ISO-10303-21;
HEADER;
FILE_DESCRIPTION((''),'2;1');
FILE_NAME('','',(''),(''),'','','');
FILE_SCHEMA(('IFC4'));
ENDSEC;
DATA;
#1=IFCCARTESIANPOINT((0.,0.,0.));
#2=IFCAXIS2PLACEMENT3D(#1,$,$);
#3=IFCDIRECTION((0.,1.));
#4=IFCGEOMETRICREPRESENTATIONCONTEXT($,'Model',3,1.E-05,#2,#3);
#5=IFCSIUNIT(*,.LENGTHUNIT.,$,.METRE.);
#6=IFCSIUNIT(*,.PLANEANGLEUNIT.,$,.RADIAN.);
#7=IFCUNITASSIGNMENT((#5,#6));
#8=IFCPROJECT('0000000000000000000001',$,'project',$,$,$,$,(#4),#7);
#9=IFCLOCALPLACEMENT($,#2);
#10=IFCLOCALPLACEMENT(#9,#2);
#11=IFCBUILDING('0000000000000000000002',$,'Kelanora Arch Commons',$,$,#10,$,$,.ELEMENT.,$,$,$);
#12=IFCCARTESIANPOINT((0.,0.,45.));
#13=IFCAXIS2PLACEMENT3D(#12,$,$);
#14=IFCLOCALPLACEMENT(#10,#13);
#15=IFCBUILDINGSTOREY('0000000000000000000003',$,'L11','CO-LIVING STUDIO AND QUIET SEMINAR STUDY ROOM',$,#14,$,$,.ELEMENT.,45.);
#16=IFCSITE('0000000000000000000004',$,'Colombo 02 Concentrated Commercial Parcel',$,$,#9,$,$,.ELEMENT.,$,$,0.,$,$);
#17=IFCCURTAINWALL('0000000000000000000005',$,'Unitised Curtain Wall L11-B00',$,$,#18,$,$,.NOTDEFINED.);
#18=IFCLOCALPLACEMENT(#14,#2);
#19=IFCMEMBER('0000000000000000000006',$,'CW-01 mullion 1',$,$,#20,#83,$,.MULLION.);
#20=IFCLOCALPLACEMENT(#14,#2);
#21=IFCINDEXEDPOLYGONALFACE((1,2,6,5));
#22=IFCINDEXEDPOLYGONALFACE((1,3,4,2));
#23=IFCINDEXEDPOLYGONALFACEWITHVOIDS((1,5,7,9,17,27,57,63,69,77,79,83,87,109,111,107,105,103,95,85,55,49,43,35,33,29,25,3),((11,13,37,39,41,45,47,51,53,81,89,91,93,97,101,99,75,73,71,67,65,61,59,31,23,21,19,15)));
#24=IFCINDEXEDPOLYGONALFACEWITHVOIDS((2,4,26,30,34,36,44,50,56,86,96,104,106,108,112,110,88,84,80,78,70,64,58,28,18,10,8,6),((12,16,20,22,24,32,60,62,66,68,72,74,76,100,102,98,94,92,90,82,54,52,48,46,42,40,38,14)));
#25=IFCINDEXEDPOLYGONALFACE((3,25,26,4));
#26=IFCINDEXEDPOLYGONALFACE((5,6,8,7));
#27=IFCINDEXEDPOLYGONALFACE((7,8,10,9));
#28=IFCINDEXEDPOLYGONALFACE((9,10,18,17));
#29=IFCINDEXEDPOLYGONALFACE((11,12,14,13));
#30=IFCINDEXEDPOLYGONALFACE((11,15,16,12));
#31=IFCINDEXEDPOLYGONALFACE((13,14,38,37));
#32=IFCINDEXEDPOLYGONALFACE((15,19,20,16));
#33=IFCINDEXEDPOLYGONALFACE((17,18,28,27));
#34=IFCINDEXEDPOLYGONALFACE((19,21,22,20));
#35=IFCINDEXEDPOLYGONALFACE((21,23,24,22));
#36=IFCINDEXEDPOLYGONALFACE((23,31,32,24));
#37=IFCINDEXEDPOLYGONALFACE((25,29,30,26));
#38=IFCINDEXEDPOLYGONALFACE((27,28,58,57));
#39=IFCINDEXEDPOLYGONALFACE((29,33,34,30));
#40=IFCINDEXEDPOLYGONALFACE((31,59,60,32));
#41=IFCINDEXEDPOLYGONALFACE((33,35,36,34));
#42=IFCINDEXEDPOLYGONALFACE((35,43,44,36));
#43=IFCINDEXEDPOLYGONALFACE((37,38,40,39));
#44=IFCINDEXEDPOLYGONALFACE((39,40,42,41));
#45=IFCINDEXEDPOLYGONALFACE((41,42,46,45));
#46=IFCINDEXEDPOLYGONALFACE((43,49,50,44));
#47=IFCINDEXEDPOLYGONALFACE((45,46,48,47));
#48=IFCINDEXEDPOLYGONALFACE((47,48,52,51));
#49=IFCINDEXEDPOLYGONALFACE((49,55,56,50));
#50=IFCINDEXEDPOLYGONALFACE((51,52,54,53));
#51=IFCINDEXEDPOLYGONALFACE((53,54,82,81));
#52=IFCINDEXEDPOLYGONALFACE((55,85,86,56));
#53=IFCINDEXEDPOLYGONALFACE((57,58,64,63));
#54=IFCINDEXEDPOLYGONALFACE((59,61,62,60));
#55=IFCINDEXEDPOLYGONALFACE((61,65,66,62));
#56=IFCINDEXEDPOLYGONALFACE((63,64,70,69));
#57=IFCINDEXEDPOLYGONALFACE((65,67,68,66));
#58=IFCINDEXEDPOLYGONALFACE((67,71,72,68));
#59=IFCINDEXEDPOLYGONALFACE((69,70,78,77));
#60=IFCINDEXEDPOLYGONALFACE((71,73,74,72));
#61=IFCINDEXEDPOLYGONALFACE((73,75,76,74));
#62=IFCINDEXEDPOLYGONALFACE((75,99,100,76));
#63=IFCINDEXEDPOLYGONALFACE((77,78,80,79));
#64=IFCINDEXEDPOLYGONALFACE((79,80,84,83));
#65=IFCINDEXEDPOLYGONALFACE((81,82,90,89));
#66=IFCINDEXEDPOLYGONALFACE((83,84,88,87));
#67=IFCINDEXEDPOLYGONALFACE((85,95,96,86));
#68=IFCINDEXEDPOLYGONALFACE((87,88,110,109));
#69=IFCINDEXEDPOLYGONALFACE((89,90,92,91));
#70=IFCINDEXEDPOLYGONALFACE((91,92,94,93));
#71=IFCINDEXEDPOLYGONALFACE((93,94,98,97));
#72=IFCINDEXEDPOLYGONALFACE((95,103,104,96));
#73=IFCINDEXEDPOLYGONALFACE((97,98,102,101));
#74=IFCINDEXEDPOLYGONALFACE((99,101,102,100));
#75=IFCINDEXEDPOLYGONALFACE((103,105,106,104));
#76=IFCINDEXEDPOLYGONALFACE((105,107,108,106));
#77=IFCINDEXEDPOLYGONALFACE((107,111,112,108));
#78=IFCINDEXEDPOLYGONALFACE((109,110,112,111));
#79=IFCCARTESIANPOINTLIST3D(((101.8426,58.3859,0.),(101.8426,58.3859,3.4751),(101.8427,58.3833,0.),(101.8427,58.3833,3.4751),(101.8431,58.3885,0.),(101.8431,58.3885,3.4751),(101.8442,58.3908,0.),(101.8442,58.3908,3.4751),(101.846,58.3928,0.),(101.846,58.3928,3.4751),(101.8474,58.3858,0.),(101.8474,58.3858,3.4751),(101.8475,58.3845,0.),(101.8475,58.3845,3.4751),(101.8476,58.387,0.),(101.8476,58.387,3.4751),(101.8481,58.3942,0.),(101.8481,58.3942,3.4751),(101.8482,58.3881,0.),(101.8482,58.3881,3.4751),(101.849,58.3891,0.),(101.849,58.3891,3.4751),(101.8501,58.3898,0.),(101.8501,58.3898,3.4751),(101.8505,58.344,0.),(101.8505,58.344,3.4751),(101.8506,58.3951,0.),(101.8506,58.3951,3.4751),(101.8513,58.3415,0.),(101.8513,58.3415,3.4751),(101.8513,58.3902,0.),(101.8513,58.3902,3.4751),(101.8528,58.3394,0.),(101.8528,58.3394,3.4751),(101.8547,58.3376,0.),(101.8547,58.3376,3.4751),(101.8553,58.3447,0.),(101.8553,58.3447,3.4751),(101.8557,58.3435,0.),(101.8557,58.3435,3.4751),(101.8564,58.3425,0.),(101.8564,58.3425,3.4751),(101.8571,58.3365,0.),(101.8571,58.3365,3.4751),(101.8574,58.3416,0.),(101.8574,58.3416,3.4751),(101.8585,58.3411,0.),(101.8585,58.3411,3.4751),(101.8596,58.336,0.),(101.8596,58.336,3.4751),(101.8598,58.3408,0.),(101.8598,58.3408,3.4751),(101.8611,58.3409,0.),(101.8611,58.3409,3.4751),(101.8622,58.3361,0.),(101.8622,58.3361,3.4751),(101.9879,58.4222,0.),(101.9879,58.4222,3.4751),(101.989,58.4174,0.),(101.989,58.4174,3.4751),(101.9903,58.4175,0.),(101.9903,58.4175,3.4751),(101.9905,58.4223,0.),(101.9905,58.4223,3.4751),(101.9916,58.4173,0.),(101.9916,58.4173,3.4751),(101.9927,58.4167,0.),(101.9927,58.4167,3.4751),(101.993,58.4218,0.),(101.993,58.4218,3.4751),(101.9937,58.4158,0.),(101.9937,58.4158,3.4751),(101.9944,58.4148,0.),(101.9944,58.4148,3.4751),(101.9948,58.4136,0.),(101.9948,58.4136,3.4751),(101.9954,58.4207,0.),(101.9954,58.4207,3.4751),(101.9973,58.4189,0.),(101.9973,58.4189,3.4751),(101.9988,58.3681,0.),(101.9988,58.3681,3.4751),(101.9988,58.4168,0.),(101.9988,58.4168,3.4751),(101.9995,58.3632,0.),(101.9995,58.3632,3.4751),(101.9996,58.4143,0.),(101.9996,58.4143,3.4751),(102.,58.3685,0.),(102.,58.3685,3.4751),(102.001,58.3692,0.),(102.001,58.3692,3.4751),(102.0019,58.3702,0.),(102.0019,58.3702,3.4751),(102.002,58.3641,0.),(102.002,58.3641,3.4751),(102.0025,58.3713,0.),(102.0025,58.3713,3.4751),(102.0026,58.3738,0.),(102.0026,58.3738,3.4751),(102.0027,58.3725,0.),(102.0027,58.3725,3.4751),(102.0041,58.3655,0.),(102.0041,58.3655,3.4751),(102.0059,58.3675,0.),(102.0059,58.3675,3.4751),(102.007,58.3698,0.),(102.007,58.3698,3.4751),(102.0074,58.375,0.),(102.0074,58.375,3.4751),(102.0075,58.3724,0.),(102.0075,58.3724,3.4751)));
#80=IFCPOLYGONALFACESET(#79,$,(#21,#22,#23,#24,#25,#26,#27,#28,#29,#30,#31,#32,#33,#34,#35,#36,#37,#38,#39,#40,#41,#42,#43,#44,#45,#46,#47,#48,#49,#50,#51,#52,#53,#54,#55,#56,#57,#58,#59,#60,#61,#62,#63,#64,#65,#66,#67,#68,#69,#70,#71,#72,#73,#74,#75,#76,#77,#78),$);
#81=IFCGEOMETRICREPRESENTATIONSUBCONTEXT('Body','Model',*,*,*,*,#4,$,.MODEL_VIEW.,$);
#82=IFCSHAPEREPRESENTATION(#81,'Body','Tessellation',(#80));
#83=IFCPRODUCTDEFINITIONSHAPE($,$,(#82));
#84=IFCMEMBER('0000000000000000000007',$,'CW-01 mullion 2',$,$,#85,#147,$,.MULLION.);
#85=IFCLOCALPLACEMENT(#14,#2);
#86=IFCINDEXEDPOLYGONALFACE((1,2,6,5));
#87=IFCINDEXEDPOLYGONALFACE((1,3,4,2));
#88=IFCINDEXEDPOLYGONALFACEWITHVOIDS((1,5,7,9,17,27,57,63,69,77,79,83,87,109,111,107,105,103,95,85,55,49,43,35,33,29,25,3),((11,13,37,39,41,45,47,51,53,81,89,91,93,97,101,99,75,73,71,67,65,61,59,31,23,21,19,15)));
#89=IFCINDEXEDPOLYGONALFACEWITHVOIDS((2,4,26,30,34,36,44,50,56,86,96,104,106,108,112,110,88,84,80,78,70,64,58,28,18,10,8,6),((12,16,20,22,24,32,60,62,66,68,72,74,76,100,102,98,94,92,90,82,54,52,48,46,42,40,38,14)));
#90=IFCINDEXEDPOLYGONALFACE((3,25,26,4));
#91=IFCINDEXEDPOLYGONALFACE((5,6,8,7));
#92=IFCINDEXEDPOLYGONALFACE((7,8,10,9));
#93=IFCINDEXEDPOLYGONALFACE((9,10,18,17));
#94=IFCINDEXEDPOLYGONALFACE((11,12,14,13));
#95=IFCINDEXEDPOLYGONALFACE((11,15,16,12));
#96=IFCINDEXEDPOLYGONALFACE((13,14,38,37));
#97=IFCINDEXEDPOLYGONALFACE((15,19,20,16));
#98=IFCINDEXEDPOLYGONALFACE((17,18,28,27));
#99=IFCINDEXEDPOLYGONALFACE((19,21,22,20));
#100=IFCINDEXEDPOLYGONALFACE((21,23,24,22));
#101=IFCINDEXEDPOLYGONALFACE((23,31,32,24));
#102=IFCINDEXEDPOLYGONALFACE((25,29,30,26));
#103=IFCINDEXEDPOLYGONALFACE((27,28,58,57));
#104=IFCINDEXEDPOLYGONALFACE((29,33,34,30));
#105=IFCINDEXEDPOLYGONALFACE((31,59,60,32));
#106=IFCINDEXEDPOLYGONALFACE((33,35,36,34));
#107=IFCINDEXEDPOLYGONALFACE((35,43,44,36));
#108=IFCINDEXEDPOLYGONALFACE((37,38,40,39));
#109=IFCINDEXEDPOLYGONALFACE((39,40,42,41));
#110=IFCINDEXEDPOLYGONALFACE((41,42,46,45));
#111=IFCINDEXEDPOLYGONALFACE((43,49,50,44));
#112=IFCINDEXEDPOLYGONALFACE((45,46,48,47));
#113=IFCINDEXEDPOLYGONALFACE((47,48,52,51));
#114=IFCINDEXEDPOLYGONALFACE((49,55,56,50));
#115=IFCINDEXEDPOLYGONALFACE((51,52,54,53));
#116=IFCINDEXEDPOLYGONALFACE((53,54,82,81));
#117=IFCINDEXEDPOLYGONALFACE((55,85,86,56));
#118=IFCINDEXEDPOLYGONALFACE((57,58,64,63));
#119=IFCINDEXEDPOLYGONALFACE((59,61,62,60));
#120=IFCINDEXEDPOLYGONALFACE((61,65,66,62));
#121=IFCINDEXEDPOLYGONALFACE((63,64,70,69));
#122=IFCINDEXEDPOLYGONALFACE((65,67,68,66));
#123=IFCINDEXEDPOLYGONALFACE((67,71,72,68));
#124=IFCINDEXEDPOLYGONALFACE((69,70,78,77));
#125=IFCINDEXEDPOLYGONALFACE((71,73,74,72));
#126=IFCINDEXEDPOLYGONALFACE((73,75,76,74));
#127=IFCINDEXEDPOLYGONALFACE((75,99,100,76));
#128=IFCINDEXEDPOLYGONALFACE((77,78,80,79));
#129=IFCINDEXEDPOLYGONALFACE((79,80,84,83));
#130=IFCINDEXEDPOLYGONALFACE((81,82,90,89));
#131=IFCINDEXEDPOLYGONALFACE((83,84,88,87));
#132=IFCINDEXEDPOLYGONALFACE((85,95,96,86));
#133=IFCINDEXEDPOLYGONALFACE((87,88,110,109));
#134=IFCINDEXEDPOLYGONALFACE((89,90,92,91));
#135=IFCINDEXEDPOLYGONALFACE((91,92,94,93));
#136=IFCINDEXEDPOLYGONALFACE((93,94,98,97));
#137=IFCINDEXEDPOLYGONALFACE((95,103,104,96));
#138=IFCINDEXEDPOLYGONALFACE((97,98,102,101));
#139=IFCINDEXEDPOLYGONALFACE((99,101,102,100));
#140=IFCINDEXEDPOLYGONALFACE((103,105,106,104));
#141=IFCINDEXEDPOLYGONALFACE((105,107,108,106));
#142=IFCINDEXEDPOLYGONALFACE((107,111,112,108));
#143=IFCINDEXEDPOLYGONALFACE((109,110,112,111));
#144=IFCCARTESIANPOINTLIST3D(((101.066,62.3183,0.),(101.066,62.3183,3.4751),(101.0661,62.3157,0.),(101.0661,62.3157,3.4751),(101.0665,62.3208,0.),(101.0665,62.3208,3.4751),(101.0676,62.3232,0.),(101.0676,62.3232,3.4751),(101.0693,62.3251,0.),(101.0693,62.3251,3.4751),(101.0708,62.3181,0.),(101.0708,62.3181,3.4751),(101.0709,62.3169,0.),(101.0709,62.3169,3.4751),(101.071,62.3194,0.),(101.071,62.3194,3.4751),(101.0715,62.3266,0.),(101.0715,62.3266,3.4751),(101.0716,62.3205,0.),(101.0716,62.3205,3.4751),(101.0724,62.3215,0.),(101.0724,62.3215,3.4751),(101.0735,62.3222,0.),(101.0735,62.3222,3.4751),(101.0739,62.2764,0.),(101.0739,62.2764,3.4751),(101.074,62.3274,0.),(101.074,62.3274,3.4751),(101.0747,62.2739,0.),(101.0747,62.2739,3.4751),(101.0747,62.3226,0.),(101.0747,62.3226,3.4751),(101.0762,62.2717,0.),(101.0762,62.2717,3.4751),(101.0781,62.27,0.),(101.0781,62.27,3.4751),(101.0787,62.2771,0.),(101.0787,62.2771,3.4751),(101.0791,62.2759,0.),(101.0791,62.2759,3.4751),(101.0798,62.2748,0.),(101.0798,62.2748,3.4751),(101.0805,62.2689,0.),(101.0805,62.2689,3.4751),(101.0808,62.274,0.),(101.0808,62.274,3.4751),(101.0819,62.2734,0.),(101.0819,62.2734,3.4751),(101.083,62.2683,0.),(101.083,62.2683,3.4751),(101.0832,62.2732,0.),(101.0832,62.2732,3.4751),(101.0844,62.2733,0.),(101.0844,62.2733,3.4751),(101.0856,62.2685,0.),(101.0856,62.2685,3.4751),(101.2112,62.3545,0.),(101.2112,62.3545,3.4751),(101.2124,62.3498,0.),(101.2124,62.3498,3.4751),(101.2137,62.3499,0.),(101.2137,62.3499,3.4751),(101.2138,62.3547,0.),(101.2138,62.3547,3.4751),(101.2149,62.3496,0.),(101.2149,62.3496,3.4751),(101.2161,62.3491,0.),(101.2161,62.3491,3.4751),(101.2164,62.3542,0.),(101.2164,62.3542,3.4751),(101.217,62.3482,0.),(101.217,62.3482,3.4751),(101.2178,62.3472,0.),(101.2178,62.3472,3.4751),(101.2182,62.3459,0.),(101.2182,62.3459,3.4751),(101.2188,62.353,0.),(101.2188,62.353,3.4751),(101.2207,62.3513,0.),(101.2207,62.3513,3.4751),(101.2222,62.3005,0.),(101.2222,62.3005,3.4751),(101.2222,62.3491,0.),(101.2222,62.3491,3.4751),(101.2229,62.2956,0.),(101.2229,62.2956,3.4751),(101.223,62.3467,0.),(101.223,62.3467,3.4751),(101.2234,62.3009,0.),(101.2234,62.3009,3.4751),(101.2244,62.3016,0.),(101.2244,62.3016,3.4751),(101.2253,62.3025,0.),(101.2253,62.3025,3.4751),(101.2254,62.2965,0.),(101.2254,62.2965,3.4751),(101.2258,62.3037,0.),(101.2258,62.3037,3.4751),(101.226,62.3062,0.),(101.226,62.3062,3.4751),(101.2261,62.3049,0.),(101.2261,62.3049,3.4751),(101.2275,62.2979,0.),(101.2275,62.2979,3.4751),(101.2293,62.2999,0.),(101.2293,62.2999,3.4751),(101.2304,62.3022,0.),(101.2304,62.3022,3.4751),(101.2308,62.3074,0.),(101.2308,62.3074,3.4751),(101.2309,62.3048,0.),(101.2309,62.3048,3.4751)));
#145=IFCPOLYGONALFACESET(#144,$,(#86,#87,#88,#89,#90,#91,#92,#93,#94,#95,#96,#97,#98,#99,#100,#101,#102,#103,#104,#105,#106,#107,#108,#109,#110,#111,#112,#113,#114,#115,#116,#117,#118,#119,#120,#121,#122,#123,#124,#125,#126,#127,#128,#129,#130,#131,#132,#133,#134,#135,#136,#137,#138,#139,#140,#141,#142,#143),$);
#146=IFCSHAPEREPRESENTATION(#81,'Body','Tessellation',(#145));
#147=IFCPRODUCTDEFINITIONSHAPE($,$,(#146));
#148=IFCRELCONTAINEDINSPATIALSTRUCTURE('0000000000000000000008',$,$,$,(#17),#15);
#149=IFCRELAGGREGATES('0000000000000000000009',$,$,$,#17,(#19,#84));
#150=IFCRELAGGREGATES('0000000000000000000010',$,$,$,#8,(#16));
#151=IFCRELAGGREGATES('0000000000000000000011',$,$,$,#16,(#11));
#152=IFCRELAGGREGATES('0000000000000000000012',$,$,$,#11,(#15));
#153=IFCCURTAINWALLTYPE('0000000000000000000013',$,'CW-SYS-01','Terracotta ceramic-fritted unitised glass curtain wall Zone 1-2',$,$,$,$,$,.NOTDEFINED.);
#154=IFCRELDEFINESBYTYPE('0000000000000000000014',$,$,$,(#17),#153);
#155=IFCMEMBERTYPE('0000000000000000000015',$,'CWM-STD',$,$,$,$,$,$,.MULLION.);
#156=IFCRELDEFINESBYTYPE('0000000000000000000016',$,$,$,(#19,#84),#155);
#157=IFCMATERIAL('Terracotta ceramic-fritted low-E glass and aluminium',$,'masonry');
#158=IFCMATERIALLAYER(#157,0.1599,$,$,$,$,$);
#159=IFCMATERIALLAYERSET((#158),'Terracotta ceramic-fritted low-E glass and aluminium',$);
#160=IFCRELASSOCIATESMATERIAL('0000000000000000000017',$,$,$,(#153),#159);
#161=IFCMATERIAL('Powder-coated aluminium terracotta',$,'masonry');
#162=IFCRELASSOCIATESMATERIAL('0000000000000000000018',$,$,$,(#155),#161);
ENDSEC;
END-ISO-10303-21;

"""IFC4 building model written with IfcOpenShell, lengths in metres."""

from ifc_helpers import new_model, si_unit, direction, frame, origin, origin_2d, place, context, subcontext, project, spatial, hollow_rectangle, extrude, material, layer, layer_set, material_profile, profile_set, type_object, element, aggregate, save


model = new_model("IFC4")

# Units and contexts
model_context = context("Model", 3, precision=1e-05, world=origin(), true_north=direction((0.0, 1.0)))
body_context = subcontext(model_context, "Body", "Model", "MODEL_VIEW")
ifc_project = project(units=[si_unit("LENGTHUNIT", "METRE"), si_unit("PLANEANGLEUNIT", "RADIAN")], contexts=[model_context])

# Site, building, storey
site_placement = place(None, origin())
site = spatial("IfcSite", under=ifc_project, at=site_placement, Name="Colombo 02 Concentrated Commercial Parcel", CompositionType="ELEMENT", RefElevation=0.0)
building_placement = place(site_placement, origin())
building = spatial("IfcBuilding", under=site, at=building_placement, Name="Kelanora Arch Commons", CompositionType="ELEMENT")
storey_placement = place(building_placement, frame((0.0, 0.0, 45.0)))
storey = spatial("IfcBuildingStorey", under=building, at=storey_placement, Name="L11", Description="CO-LIVING STUDIO AND QUIET SEMINAR STUDY ROOM", CompositionType="ELEMENT", Elevation=45.0)

# Curtain wall, members
ifc_material_1 = material(Name="Terracotta ceramic-fritted low-E glass and aluminium", Category="masonry")
ifc_layer_1 = layer(ifc_material_1, 0.1599)
ifc_layer_set_1 = layer_set([ifc_layer_1], Name="Terracotta ceramic-fritted low-E glass and aluminium")
curtain_wall_type = type_object("IfcCurtainWallType", Name="CW-SYS-01", Description="Terracotta ceramic-fritted unitised glass curtain wall Zone 1-2", PredefinedType="NOTDEFINED", material=ifc_layer_set_1)
curtain_wall_placement = place(storey_placement, origin())
curtain_wall = element("IfcCurtainWall", 1, at=curtain_wall_placement, inside=storey, type_object=curtain_wall_type, Name="Unitised Curtain Wall L11-B00", PredefinedType="NOTDEFINED")
ifc_material_2 = material(Name="Powder-coated aluminium terracotta", Category="masonry")
ifc_material_profile_1 = material_profile(ifc_material_2, hollow_rectangle(XDim=0.1599, YDim=0.0601, WallThickness=0.0049, InnerFilletRadius=0.0049, OuterFilletRadius=0.01, at=origin_2d()), Name="CWM160x60")
ifc_profile_set_1 = profile_set([ifc_material_profile_1], Name="Powder-coated aluminium terracotta")
member_type_1 = type_object("IfcMemberType", Name="CWM-STD", PredefinedType="MULLION", material=ifc_profile_set_1)
member_1_placement = place(storey_placement, frame((101.925, 58.3792, 0.0), z_axis=(0.0, 0.0, 1.0), x_axis=(-0.981052, -0.193744, 0.0)))
member_1 = element("IfcMember", 2, at=member_1_placement, type_object=member_type_1, Name="CW-01 mullion 1", PredefinedType="MULLION", context=body_context, shape_type="SweptSolid", body=[
    extrude(hollow_rectangle(XDim=0.1599, YDim=0.0601, WallThickness=0.0049, InnerFilletRadius=0.0049, OuterFilletRadius=0.01, at=origin_2d()), origin(), (0.0, 0.0, 1.0), 3.4751),
])
member_2_placement = place(storey_placement, frame((101.1484, 62.3115, 0.0), z_axis=(0.0, 0.0, 1.0), x_axis=(-0.981052, -0.193744, 0.0)))
member_2 = element("IfcMember", 3, at=member_2_placement, type_object=member_type_1, Name="CW-01 mullion 2", PredefinedType="MULLION", context=body_context, shape_type="SweptSolid", body=[
    extrude(hollow_rectangle(XDim=0.1599, YDim=0.0601, WallThickness=0.0049, InnerFilletRadius=0.0049, OuterFilletRadius=0.01, at=origin_2d()), origin(), (0.0, 0.0, 1.0), 3.4751),
])
aggregate(curtain_wall, [member_1, member_2])

save(model, "model.ifc")
